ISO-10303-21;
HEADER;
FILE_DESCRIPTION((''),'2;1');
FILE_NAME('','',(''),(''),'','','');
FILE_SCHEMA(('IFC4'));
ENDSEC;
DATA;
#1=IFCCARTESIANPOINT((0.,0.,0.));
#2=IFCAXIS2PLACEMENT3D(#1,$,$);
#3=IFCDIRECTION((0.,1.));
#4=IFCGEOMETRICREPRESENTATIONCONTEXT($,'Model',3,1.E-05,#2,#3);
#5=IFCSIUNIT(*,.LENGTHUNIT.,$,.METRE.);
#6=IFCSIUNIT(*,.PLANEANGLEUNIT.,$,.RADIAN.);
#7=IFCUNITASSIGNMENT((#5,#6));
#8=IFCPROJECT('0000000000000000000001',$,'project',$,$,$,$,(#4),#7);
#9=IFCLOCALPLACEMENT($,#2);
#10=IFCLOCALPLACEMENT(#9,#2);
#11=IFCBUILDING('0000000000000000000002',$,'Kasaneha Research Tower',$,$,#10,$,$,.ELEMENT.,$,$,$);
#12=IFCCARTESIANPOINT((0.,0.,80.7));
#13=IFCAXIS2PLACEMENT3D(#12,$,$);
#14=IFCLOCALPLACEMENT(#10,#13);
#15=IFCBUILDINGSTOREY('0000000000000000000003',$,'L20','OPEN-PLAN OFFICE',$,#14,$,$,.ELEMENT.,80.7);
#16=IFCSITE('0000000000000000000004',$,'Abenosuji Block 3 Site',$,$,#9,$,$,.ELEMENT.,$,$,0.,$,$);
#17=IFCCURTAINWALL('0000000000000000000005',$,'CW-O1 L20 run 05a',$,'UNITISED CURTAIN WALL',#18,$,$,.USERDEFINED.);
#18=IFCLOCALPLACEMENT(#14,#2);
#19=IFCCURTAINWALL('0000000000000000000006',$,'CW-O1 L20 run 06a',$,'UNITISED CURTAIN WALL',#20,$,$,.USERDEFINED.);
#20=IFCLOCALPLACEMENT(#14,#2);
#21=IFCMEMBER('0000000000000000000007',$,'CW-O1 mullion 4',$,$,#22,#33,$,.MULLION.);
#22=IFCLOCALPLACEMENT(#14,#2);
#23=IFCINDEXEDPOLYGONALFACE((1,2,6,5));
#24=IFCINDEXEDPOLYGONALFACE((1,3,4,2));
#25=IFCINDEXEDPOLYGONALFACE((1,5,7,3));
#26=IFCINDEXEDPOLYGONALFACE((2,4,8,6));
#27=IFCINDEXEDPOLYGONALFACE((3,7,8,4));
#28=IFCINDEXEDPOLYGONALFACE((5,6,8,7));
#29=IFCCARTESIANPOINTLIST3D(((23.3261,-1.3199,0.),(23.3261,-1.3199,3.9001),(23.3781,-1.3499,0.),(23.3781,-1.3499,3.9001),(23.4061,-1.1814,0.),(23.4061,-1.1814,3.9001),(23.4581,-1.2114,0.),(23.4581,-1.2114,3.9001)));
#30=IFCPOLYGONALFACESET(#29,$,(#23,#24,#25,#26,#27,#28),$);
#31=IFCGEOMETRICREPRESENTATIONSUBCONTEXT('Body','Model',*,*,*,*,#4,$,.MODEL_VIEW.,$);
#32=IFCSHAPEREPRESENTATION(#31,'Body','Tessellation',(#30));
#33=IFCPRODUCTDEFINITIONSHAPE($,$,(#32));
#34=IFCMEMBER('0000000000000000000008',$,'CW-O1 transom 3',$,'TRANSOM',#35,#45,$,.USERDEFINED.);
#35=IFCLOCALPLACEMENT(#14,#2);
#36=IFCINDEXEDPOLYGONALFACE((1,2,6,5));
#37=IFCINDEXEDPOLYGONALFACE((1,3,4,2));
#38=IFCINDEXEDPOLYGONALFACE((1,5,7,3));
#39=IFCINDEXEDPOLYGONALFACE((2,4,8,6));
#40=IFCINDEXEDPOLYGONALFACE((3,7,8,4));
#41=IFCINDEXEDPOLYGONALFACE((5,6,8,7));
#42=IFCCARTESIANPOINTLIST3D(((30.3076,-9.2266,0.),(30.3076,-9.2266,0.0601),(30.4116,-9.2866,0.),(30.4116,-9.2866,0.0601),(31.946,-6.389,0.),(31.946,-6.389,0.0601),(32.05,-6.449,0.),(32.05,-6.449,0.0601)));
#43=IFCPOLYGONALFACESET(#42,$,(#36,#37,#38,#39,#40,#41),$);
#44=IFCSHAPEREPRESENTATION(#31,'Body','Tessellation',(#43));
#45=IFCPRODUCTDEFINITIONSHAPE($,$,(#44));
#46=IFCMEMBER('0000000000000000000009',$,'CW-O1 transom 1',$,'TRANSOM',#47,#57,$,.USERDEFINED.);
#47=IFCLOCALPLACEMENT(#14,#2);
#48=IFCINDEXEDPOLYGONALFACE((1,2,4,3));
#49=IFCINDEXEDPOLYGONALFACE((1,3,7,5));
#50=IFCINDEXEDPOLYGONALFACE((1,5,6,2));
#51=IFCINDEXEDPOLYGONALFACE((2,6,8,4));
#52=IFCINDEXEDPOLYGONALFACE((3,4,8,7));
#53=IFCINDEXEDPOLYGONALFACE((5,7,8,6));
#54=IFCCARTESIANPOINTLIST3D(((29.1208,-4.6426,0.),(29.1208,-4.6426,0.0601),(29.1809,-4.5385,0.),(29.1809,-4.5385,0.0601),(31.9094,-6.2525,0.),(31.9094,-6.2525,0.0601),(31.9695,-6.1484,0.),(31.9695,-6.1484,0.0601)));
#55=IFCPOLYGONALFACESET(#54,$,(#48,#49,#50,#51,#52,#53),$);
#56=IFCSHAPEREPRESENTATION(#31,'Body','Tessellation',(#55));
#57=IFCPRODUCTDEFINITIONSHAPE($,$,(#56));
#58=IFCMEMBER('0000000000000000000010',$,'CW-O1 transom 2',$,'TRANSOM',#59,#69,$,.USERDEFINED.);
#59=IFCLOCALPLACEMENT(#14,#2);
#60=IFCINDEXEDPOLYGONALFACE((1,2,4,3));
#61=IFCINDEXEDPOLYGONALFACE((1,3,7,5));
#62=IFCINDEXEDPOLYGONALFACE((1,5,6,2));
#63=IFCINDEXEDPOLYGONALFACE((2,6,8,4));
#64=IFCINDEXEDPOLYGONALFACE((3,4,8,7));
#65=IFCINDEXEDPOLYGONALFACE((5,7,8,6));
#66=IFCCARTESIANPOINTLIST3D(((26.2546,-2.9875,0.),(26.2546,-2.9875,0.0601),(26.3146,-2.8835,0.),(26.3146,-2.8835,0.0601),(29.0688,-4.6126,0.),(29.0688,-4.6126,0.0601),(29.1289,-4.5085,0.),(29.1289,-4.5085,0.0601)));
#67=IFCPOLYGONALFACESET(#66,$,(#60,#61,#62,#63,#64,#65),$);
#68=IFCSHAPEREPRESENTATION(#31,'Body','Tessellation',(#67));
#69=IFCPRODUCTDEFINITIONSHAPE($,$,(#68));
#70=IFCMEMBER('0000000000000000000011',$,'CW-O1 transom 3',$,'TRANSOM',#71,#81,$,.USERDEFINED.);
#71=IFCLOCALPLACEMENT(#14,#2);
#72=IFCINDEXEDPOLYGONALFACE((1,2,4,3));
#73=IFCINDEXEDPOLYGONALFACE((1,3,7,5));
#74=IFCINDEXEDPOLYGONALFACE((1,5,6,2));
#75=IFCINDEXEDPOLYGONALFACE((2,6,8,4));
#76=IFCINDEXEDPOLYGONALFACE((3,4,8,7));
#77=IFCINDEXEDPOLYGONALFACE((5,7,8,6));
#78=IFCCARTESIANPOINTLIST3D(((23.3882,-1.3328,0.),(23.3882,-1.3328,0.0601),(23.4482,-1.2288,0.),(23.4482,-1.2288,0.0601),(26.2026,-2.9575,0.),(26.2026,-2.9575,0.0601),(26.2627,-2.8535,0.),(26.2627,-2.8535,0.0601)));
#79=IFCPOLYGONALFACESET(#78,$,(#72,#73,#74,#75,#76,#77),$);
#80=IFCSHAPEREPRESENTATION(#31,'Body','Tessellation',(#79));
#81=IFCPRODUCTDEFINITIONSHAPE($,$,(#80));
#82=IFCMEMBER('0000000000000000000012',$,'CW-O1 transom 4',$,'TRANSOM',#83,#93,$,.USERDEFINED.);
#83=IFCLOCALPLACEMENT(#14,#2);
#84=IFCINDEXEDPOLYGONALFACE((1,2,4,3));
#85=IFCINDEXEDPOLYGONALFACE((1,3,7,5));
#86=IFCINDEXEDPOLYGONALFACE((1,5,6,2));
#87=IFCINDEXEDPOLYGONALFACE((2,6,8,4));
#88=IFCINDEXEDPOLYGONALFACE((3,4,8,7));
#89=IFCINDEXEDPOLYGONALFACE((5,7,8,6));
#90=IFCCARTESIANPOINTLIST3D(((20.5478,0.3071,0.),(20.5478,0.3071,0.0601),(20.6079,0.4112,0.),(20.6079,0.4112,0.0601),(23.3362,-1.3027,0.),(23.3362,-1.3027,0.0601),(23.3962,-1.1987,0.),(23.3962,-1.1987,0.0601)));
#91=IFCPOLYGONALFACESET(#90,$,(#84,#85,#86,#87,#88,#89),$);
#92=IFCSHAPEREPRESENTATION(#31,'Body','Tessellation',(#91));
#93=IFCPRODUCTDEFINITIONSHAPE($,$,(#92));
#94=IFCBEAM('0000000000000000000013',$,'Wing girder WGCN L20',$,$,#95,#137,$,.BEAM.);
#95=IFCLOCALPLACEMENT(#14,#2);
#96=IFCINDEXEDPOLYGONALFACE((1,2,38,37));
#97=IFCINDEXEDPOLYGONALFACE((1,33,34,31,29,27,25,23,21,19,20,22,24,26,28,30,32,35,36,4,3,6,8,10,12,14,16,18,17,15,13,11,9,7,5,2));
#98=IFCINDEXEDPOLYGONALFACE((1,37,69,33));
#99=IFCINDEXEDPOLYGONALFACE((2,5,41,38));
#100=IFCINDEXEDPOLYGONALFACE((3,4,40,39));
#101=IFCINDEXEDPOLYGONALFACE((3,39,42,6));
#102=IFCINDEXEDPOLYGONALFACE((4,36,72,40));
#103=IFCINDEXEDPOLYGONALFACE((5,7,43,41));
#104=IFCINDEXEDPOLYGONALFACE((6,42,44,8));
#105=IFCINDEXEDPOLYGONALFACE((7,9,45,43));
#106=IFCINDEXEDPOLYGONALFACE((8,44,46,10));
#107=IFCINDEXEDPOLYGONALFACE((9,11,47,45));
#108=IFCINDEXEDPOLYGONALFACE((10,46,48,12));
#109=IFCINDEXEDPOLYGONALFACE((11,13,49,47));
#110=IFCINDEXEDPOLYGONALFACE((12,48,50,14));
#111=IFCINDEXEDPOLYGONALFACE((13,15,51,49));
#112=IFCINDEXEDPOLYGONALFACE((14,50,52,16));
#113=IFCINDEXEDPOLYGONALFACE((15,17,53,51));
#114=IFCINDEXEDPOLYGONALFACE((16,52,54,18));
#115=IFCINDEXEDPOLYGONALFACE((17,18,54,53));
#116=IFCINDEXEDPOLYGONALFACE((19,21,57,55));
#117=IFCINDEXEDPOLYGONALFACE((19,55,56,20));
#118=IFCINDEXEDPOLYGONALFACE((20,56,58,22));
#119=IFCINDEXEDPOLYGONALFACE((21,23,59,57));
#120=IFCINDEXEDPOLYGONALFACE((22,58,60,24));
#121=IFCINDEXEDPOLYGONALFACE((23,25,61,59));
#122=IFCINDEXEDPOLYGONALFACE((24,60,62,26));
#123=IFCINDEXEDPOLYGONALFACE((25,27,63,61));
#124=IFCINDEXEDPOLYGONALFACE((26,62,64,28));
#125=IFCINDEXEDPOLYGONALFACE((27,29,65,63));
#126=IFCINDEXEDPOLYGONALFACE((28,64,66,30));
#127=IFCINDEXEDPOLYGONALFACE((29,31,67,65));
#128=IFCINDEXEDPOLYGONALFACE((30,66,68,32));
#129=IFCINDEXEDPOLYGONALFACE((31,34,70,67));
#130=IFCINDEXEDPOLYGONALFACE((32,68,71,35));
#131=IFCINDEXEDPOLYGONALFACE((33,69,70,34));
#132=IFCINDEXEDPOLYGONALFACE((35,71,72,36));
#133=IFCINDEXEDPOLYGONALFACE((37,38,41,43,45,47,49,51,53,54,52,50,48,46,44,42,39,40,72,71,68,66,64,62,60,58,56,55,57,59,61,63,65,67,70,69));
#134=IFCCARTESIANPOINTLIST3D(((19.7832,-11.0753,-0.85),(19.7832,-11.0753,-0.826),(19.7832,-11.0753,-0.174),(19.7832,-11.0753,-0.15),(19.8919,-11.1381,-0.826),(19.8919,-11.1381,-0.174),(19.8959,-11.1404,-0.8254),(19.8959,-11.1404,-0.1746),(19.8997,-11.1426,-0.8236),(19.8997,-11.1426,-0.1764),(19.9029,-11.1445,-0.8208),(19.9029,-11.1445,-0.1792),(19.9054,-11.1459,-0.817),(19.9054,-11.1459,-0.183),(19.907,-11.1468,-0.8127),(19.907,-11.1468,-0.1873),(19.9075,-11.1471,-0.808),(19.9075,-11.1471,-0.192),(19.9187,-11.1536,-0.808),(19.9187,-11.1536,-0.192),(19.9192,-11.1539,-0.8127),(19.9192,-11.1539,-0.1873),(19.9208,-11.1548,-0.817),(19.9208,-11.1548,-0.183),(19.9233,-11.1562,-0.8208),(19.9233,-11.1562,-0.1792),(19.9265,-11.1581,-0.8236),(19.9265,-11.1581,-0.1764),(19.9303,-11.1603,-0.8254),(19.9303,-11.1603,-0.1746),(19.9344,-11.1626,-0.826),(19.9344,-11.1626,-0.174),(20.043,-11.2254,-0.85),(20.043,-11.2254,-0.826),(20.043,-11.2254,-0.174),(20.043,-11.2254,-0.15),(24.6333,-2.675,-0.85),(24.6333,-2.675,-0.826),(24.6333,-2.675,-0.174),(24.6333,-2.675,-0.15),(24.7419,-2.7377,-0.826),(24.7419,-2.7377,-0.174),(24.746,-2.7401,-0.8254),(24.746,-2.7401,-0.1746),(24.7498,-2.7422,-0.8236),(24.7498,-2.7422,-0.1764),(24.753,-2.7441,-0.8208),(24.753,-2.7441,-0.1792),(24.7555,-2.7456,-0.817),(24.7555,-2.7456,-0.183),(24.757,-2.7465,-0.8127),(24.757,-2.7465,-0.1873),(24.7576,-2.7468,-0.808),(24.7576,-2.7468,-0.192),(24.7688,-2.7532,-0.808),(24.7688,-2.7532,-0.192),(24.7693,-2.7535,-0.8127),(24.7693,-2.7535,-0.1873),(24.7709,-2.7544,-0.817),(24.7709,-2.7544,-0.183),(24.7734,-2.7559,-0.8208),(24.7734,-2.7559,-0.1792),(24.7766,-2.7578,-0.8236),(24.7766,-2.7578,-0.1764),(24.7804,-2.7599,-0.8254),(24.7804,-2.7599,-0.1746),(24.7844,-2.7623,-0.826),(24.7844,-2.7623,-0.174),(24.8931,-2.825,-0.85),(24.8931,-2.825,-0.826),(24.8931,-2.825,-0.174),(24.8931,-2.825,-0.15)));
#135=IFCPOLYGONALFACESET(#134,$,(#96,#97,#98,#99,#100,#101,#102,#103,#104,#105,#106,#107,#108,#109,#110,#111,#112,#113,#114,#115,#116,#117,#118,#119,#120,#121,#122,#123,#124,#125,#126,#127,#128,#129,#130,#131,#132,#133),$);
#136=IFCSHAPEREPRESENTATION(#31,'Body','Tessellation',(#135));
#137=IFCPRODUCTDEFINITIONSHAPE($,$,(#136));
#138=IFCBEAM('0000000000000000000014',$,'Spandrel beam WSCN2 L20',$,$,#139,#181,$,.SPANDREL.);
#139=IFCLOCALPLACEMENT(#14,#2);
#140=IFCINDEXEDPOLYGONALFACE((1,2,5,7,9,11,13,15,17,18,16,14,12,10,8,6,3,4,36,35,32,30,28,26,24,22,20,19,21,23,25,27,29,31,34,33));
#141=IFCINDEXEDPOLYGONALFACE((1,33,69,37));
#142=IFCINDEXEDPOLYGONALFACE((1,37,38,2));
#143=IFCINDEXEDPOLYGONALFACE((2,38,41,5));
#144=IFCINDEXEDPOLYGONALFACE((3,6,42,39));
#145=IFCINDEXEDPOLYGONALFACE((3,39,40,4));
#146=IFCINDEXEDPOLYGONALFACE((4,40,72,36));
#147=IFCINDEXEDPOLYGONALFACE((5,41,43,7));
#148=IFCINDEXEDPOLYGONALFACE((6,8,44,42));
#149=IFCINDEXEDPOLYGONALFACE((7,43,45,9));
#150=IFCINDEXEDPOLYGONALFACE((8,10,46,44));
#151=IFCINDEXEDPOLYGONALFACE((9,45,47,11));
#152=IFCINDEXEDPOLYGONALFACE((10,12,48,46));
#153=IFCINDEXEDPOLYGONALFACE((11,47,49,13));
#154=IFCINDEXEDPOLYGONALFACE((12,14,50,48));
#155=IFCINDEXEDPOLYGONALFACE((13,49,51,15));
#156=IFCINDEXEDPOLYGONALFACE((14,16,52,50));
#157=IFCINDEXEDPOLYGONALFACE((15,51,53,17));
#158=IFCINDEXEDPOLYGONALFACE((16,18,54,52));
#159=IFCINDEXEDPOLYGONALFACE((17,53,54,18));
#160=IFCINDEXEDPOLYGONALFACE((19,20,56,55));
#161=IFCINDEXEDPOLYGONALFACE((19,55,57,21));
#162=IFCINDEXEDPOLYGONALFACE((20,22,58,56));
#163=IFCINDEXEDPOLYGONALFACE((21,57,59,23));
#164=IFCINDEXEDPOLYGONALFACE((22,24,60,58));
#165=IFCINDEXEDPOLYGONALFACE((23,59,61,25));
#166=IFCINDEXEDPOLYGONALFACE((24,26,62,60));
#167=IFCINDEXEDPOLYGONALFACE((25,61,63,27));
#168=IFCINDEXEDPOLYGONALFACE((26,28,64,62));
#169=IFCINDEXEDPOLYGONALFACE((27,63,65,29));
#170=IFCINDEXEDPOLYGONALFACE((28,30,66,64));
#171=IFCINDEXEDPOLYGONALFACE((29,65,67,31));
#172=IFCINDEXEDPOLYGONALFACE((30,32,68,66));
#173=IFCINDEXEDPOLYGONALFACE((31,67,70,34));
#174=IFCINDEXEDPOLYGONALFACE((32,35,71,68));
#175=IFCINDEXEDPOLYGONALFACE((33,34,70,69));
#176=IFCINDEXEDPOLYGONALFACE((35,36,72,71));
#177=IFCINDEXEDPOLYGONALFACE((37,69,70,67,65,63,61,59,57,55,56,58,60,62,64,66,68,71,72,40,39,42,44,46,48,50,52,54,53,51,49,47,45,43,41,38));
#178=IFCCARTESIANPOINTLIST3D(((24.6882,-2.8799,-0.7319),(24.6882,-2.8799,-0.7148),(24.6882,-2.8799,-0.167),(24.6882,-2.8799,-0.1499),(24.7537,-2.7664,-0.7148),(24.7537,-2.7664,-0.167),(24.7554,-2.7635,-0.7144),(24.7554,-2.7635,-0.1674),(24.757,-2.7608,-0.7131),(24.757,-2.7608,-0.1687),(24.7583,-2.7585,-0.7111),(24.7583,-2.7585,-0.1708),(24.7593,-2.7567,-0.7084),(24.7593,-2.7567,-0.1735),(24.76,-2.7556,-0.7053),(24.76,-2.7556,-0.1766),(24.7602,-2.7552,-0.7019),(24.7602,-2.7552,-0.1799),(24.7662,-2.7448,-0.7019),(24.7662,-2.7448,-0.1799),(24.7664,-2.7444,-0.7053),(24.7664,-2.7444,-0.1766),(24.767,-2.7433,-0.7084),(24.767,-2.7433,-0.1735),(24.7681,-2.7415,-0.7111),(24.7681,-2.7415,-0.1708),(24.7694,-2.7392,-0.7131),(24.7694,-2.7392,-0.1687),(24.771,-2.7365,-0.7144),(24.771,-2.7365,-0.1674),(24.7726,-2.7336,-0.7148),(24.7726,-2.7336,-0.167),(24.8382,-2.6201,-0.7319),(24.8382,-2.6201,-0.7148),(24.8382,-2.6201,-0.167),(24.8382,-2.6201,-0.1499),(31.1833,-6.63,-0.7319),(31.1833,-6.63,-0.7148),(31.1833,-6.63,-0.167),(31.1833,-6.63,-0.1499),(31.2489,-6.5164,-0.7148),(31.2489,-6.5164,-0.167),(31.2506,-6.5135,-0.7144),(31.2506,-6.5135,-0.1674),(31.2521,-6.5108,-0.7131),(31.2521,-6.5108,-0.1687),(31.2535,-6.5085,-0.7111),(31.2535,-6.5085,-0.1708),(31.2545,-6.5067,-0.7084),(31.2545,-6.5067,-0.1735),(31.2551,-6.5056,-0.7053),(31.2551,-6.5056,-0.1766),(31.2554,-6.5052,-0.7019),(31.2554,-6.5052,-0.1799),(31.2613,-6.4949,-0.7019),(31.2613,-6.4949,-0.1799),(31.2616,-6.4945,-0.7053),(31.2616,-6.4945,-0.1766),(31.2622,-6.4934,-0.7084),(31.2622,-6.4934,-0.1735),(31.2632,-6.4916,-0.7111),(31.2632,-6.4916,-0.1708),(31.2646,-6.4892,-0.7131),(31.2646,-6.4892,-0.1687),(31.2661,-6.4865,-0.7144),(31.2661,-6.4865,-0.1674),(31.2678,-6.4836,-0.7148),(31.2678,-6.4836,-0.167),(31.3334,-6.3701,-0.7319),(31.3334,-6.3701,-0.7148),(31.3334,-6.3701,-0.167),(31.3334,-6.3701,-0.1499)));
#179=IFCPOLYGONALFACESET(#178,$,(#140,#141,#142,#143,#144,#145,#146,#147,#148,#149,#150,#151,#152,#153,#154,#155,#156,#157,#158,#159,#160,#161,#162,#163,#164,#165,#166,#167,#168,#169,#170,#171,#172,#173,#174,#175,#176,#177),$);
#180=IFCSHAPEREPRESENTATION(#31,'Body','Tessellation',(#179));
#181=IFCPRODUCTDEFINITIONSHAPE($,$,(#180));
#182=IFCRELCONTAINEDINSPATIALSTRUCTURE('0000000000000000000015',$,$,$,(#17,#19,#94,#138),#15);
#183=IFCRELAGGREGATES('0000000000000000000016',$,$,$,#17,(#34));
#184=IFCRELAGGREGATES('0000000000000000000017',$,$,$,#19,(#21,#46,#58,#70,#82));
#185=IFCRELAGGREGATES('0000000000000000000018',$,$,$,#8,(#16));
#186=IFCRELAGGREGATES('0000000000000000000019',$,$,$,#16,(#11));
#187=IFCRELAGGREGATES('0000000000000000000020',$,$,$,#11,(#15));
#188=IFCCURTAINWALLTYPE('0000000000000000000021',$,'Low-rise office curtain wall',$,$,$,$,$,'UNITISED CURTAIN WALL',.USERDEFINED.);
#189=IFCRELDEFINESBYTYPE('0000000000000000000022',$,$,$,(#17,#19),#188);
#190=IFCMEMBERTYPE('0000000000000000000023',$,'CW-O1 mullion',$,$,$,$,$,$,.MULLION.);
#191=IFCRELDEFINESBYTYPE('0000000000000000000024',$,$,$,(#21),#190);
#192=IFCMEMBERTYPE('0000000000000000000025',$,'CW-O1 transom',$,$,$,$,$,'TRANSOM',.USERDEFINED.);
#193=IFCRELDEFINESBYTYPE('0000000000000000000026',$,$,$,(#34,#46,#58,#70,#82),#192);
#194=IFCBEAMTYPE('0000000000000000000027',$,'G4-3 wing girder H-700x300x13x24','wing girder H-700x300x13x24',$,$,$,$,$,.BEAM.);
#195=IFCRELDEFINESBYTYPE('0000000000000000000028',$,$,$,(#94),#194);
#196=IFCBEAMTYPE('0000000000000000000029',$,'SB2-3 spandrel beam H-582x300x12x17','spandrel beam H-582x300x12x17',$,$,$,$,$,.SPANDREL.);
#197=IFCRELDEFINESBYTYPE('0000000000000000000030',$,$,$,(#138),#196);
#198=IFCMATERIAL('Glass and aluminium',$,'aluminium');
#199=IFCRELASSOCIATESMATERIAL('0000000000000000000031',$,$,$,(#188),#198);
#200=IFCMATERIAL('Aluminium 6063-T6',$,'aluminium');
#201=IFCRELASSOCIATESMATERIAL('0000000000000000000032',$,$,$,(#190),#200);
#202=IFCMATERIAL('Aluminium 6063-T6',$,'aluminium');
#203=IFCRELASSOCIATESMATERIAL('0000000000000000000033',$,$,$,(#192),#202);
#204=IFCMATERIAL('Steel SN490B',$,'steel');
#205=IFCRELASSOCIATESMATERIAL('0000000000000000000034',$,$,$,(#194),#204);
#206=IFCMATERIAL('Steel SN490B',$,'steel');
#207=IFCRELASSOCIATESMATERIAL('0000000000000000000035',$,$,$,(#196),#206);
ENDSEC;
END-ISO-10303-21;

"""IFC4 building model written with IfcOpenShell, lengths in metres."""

from ifc_helpers import new_model, si_unit, direction, frame, origin, origin_2d, place, context, subcontext, project, spatial, rectangle, i_section, extrude, material, material_profile, profile_set, type_object, element, aggregate, save


model = new_model("IFC4")

# Units and contexts
model_context = context("Model", 3, precision=1e-05, world=origin(), true_north=direction((0.0, 1.0)))
body_context = subcontext(model_context, "Body", "Model", "MODEL_VIEW")
ifc_project = project(units=[si_unit("LENGTHUNIT", "METRE"), si_unit("PLANEANGLEUNIT", "RADIAN")], contexts=[model_context])

# Site, building, storey
site_placement = place(None, origin())
site = spatial("IfcSite", under=ifc_project, at=site_placement, Name="Abenosuji Block 3 Site", CompositionType="ELEMENT", RefElevation=0.0)
building_placement = place(site_placement, origin())
building = spatial("IfcBuilding", under=site, at=building_placement, Name="Kasaneha Research Tower", CompositionType="ELEMENT")
storey_placement = place(building_placement, frame((0.0, 0.0, 80.7)))
storey = spatial("IfcBuildingStorey", under=building, at=storey_placement, Name="L20", Description="OPEN-PLAN OFFICE", CompositionType="ELEMENT", Elevation=80.7)

# Curtain walls, member
ifc_material_1 = material(Name="Glass and aluminium", Category="aluminium")
curtain_wall_type = type_object("IfcCurtainWallType", Name="Low-rise office curtain wall", ElementType="UNITISED CURTAIN WALL", PredefinedType="USERDEFINED", material=ifc_material_1)
curtain_wall_1_placement = place(storey_placement, origin())
curtain_wall_1 = element("IfcCurtainWall", 1, at=curtain_wall_1_placement, inside=storey, type_object=curtain_wall_type, Name="CW-O1 L20 run 05a", ObjectType="UNITISED CURTAIN WALL", PredefinedType="USERDEFINED")
ifc_material_2 = material(Name="Aluminium 6063-T6", Category="aluminium")
ifc_material_profile_1 = material_profile(ifc_material_2, rectangle(XDim=0.0601, YDim=0.1599, at=origin_2d()), Name="CW-O1 mullion 60x160")
ifc_profile_set_1 = profile_set([ifc_material_profile_1], Name="Aluminium 6063-T6")
member_type_1 = type_object("IfcMemberType", Name="CW-O1 mullion", PredefinedType="MULLION", material=ifc_profile_set_1)
curtain_wall_2_placement = place(storey_placement, origin())
curtain_wall_2 = element("IfcCurtainWall", 2, at=curtain_wall_2_placement, inside=storey, type_object=curtain_wall_type, Name="CW-O1 L20 run 06a", ObjectType="UNITISED CURTAIN WALL", PredefinedType="USERDEFINED")
member_1_placement = place(storey_placement, frame((23.3921, -1.2656, 0.0), z_axis=(0.0, 0.0, 1.0), x_axis=(-0.866025, 0.5, 0.0)))
member_1 = element("IfcMember", 3, at=member_1_placement, type_object=member_type_1, Name="CW-O1 mullion 4", PredefinedType="MULLION", context=body_context, shape_type="SweptSolid", body=[
    extrude(rectangle(XDim=0.0601, YDim=0.1599, at=origin_2d()), origin(), (0.0, 0.0, 1.0), 3.9001),
])

# Members
ifc_material_3 = material(Name="Aluminium 6063-T6", Category="aluminium")
ifc_material_profile_2 = material_profile(ifc_material_3, rectangle(XDim=0.1201, YDim=0.0601, at=origin_2d()), Name="CW-O1 transom 120x60")
ifc_profile_set_2 = profile_set([ifc_material_profile_2], Name="Aluminium 6063-T6")
member_type_2 = type_object("IfcMemberType", Name="CW-O1 transom", ElementType="TRANSOM", PredefinedType="USERDEFINED", material=ifc_profile_set_2)
member_2_placement = place(storey_placement, frame((30.3596, -9.2566, 0.03), z_axis=(0.500026, 0.866011, 0.0), x_axis=(-0.866011, 0.500026, 0.0)))
member_2 = element("IfcMember", 4, at=member_2_placement, type_object=member_type_2, Name="CW-O1 transom 3", ObjectType="TRANSOM", PredefinedType="USERDEFINED", context=body_context, shape_type="SweptSolid", body=[
    extrude(rectangle(XDim=0.1201, YDim=0.0601, at=origin_2d()), origin(), (0.0, 0.0, 1.0), 3.2766),
])
member_3_placement = place(storey_placement, frame((31.9395, -6.2004, 0.03), z_axis=(-0.866042, 0.499972, 0.0), x_axis=(-0.499972, -0.866042, 0.0)))
member_3 = element("IfcMember", 5, at=member_3_placement, type_object=member_type_2, Name="CW-O1 transom 1", ObjectType="TRANSOM", PredefinedType="USERDEFINED", context=body_context, shape_type="SweptSolid", body=[
    extrude(rectangle(XDim=0.1201, YDim=0.0601, at=origin_2d()), origin(), (0.0, 0.0, 1.0), 3.22),
])
member_4_placement = place(storey_placement, frame((29.0989, -4.5605, 0.03), z_axis=(-0.865997, 0.50005, 0.0), x_axis=(-0.50005, -0.865997, 0.0)))
member_4 = element("IfcMember", 6, at=member_4_placement, type_object=member_type_2, Name="CW-O1 transom 2", ObjectType="TRANSOM", PredefinedType="USERDEFINED", context=body_context, shape_type="SweptSolid", body=[
    extrude(rectangle(XDim=0.1201, YDim=0.0601, at=origin_2d()), origin(), (0.0, 0.0, 1.0), 3.2498),
])
member_5_placement = place(storey_placement, frame((26.2327, -2.9055, 0.03), z_axis=(-0.866048, 0.499961, 0.0), x_axis=(-0.499961, -0.866048, 0.0)))
member_5 = element("IfcMember", 7, at=member_5_placement, type_object=member_type_2, Name="CW-O1 transom 3", ObjectType="TRANSOM", PredefinedType="USERDEFINED", context=body_context, shape_type="SweptSolid", body=[
    extrude(rectangle(XDim=0.1201, YDim=0.0601, at=origin_2d()), origin(), (0.0, 0.0, 1.0), 3.2498),
])
member_6_placement = place(storey_placement, frame((23.3662, -1.2507, 0.03), z_axis=(-0.866023, 0.500005, 0.0), x_axis=(-0.500005, -0.866023, 0.0)))
member_6 = element("IfcMember", 8, at=member_6_placement, type_object=member_type_2, Name="CW-O1 transom 4", ObjectType="TRANSOM", PredefinedType="USERDEFINED", context=body_context, shape_type="SweptSolid", body=[
    extrude(rectangle(XDim=0.1201, YDim=0.0601, at=origin_2d()), origin(), (0.0, 0.0, 1.0), 3.2197),
])

# Beams
ifc_material_4 = material(Name="Steel SN490B", Category="steel")
ifc_material_profile_3 = material_profile(ifc_material_4, i_section(OverallWidth=0.3, OverallDepth=0.7, WebThickness=0.0129, FlangeThickness=0.0239, FilletRadius=0.0181, at=origin_2d()), Name="H-700x300x13x24")
ifc_profile_set_3 = profile_set([ifc_material_profile_3], Name="Steel SN490B")
beam_type_1 = type_object("IfcBeamType", Name="G4-3 wing girder H-700x300x13x24", Description="wing girder H-700x300x13x24", PredefinedType="BEAM", material=ifc_profile_set_3)
beam_1_placement = place(storey_placement, frame((24.7632, -2.75, -0.5), z_axis=(-0.50001, -0.86602, 0.0), x_axis=(0.86602, -0.50001, 0.0)))
element("IfcBeam", 9, at=beam_1_placement, inside=storey, type_object=beam_type_1, Name="Wing girder WGCN L20", PredefinedType="BEAM", context=body_context, shape_type="SweptSolid", body=[
    extrude(i_section(OverallWidth=0.3, OverallDepth=0.7, WebThickness=0.0129, FlangeThickness=0.0239, FilletRadius=0.0181, at=origin_2d()), origin(), (0.0, 0.0, 1.0), 9.7),
])
ifc_material_5 = material(Name="Steel SN490B", Category="steel")
ifc_material_profile_4 = material_profile(ifc_material_5, i_section(OverallWidth=0.3, OverallDepth=0.582, WebThickness=0.012, FlangeThickness=0.0171, FilletRadius=0.0129, at=origin_2d()), Name="H-582x300x12x17")
ifc_profile_set_4 = profile_set([ifc_material_profile_4], Name="Steel SN490B")
beam_type_2 = type_object("IfcBeamType", Name="SB2-3 spandrel beam H-582x300x12x17", Description="spandrel beam H-582x300x12x17", PredefinedType="SPANDREL", material=ifc_profile_set_4)
beam_2_placement = place(storey_placement, frame((24.7632, -2.75, -0.4409), z_axis=(0.866023, -0.500004, 0.0), x_axis=(0.500004, 0.866023, 0.0)))
element("IfcBeam", 10, at=beam_2_placement, inside=storey, type_object=beam_type_2, Name="Spandrel beam WSCN2 L20", PredefinedType="SPANDREL", context=body_context, shape_type="SweptSolid", body=[
    extrude(i_section(OverallWidth=0.3, OverallDepth=0.582, WebThickness=0.012, FlangeThickness=0.0171, FilletRadius=0.0129, at=origin_2d()), origin(), (0.0, 0.0, 1.0), 7.5),
])

aggregate(curtain_wall_1, [member_2])
aggregate(curtain_wall_2, [member_1, member_3, member_4, member_5, member_6])

save(model, "model.ifc")
